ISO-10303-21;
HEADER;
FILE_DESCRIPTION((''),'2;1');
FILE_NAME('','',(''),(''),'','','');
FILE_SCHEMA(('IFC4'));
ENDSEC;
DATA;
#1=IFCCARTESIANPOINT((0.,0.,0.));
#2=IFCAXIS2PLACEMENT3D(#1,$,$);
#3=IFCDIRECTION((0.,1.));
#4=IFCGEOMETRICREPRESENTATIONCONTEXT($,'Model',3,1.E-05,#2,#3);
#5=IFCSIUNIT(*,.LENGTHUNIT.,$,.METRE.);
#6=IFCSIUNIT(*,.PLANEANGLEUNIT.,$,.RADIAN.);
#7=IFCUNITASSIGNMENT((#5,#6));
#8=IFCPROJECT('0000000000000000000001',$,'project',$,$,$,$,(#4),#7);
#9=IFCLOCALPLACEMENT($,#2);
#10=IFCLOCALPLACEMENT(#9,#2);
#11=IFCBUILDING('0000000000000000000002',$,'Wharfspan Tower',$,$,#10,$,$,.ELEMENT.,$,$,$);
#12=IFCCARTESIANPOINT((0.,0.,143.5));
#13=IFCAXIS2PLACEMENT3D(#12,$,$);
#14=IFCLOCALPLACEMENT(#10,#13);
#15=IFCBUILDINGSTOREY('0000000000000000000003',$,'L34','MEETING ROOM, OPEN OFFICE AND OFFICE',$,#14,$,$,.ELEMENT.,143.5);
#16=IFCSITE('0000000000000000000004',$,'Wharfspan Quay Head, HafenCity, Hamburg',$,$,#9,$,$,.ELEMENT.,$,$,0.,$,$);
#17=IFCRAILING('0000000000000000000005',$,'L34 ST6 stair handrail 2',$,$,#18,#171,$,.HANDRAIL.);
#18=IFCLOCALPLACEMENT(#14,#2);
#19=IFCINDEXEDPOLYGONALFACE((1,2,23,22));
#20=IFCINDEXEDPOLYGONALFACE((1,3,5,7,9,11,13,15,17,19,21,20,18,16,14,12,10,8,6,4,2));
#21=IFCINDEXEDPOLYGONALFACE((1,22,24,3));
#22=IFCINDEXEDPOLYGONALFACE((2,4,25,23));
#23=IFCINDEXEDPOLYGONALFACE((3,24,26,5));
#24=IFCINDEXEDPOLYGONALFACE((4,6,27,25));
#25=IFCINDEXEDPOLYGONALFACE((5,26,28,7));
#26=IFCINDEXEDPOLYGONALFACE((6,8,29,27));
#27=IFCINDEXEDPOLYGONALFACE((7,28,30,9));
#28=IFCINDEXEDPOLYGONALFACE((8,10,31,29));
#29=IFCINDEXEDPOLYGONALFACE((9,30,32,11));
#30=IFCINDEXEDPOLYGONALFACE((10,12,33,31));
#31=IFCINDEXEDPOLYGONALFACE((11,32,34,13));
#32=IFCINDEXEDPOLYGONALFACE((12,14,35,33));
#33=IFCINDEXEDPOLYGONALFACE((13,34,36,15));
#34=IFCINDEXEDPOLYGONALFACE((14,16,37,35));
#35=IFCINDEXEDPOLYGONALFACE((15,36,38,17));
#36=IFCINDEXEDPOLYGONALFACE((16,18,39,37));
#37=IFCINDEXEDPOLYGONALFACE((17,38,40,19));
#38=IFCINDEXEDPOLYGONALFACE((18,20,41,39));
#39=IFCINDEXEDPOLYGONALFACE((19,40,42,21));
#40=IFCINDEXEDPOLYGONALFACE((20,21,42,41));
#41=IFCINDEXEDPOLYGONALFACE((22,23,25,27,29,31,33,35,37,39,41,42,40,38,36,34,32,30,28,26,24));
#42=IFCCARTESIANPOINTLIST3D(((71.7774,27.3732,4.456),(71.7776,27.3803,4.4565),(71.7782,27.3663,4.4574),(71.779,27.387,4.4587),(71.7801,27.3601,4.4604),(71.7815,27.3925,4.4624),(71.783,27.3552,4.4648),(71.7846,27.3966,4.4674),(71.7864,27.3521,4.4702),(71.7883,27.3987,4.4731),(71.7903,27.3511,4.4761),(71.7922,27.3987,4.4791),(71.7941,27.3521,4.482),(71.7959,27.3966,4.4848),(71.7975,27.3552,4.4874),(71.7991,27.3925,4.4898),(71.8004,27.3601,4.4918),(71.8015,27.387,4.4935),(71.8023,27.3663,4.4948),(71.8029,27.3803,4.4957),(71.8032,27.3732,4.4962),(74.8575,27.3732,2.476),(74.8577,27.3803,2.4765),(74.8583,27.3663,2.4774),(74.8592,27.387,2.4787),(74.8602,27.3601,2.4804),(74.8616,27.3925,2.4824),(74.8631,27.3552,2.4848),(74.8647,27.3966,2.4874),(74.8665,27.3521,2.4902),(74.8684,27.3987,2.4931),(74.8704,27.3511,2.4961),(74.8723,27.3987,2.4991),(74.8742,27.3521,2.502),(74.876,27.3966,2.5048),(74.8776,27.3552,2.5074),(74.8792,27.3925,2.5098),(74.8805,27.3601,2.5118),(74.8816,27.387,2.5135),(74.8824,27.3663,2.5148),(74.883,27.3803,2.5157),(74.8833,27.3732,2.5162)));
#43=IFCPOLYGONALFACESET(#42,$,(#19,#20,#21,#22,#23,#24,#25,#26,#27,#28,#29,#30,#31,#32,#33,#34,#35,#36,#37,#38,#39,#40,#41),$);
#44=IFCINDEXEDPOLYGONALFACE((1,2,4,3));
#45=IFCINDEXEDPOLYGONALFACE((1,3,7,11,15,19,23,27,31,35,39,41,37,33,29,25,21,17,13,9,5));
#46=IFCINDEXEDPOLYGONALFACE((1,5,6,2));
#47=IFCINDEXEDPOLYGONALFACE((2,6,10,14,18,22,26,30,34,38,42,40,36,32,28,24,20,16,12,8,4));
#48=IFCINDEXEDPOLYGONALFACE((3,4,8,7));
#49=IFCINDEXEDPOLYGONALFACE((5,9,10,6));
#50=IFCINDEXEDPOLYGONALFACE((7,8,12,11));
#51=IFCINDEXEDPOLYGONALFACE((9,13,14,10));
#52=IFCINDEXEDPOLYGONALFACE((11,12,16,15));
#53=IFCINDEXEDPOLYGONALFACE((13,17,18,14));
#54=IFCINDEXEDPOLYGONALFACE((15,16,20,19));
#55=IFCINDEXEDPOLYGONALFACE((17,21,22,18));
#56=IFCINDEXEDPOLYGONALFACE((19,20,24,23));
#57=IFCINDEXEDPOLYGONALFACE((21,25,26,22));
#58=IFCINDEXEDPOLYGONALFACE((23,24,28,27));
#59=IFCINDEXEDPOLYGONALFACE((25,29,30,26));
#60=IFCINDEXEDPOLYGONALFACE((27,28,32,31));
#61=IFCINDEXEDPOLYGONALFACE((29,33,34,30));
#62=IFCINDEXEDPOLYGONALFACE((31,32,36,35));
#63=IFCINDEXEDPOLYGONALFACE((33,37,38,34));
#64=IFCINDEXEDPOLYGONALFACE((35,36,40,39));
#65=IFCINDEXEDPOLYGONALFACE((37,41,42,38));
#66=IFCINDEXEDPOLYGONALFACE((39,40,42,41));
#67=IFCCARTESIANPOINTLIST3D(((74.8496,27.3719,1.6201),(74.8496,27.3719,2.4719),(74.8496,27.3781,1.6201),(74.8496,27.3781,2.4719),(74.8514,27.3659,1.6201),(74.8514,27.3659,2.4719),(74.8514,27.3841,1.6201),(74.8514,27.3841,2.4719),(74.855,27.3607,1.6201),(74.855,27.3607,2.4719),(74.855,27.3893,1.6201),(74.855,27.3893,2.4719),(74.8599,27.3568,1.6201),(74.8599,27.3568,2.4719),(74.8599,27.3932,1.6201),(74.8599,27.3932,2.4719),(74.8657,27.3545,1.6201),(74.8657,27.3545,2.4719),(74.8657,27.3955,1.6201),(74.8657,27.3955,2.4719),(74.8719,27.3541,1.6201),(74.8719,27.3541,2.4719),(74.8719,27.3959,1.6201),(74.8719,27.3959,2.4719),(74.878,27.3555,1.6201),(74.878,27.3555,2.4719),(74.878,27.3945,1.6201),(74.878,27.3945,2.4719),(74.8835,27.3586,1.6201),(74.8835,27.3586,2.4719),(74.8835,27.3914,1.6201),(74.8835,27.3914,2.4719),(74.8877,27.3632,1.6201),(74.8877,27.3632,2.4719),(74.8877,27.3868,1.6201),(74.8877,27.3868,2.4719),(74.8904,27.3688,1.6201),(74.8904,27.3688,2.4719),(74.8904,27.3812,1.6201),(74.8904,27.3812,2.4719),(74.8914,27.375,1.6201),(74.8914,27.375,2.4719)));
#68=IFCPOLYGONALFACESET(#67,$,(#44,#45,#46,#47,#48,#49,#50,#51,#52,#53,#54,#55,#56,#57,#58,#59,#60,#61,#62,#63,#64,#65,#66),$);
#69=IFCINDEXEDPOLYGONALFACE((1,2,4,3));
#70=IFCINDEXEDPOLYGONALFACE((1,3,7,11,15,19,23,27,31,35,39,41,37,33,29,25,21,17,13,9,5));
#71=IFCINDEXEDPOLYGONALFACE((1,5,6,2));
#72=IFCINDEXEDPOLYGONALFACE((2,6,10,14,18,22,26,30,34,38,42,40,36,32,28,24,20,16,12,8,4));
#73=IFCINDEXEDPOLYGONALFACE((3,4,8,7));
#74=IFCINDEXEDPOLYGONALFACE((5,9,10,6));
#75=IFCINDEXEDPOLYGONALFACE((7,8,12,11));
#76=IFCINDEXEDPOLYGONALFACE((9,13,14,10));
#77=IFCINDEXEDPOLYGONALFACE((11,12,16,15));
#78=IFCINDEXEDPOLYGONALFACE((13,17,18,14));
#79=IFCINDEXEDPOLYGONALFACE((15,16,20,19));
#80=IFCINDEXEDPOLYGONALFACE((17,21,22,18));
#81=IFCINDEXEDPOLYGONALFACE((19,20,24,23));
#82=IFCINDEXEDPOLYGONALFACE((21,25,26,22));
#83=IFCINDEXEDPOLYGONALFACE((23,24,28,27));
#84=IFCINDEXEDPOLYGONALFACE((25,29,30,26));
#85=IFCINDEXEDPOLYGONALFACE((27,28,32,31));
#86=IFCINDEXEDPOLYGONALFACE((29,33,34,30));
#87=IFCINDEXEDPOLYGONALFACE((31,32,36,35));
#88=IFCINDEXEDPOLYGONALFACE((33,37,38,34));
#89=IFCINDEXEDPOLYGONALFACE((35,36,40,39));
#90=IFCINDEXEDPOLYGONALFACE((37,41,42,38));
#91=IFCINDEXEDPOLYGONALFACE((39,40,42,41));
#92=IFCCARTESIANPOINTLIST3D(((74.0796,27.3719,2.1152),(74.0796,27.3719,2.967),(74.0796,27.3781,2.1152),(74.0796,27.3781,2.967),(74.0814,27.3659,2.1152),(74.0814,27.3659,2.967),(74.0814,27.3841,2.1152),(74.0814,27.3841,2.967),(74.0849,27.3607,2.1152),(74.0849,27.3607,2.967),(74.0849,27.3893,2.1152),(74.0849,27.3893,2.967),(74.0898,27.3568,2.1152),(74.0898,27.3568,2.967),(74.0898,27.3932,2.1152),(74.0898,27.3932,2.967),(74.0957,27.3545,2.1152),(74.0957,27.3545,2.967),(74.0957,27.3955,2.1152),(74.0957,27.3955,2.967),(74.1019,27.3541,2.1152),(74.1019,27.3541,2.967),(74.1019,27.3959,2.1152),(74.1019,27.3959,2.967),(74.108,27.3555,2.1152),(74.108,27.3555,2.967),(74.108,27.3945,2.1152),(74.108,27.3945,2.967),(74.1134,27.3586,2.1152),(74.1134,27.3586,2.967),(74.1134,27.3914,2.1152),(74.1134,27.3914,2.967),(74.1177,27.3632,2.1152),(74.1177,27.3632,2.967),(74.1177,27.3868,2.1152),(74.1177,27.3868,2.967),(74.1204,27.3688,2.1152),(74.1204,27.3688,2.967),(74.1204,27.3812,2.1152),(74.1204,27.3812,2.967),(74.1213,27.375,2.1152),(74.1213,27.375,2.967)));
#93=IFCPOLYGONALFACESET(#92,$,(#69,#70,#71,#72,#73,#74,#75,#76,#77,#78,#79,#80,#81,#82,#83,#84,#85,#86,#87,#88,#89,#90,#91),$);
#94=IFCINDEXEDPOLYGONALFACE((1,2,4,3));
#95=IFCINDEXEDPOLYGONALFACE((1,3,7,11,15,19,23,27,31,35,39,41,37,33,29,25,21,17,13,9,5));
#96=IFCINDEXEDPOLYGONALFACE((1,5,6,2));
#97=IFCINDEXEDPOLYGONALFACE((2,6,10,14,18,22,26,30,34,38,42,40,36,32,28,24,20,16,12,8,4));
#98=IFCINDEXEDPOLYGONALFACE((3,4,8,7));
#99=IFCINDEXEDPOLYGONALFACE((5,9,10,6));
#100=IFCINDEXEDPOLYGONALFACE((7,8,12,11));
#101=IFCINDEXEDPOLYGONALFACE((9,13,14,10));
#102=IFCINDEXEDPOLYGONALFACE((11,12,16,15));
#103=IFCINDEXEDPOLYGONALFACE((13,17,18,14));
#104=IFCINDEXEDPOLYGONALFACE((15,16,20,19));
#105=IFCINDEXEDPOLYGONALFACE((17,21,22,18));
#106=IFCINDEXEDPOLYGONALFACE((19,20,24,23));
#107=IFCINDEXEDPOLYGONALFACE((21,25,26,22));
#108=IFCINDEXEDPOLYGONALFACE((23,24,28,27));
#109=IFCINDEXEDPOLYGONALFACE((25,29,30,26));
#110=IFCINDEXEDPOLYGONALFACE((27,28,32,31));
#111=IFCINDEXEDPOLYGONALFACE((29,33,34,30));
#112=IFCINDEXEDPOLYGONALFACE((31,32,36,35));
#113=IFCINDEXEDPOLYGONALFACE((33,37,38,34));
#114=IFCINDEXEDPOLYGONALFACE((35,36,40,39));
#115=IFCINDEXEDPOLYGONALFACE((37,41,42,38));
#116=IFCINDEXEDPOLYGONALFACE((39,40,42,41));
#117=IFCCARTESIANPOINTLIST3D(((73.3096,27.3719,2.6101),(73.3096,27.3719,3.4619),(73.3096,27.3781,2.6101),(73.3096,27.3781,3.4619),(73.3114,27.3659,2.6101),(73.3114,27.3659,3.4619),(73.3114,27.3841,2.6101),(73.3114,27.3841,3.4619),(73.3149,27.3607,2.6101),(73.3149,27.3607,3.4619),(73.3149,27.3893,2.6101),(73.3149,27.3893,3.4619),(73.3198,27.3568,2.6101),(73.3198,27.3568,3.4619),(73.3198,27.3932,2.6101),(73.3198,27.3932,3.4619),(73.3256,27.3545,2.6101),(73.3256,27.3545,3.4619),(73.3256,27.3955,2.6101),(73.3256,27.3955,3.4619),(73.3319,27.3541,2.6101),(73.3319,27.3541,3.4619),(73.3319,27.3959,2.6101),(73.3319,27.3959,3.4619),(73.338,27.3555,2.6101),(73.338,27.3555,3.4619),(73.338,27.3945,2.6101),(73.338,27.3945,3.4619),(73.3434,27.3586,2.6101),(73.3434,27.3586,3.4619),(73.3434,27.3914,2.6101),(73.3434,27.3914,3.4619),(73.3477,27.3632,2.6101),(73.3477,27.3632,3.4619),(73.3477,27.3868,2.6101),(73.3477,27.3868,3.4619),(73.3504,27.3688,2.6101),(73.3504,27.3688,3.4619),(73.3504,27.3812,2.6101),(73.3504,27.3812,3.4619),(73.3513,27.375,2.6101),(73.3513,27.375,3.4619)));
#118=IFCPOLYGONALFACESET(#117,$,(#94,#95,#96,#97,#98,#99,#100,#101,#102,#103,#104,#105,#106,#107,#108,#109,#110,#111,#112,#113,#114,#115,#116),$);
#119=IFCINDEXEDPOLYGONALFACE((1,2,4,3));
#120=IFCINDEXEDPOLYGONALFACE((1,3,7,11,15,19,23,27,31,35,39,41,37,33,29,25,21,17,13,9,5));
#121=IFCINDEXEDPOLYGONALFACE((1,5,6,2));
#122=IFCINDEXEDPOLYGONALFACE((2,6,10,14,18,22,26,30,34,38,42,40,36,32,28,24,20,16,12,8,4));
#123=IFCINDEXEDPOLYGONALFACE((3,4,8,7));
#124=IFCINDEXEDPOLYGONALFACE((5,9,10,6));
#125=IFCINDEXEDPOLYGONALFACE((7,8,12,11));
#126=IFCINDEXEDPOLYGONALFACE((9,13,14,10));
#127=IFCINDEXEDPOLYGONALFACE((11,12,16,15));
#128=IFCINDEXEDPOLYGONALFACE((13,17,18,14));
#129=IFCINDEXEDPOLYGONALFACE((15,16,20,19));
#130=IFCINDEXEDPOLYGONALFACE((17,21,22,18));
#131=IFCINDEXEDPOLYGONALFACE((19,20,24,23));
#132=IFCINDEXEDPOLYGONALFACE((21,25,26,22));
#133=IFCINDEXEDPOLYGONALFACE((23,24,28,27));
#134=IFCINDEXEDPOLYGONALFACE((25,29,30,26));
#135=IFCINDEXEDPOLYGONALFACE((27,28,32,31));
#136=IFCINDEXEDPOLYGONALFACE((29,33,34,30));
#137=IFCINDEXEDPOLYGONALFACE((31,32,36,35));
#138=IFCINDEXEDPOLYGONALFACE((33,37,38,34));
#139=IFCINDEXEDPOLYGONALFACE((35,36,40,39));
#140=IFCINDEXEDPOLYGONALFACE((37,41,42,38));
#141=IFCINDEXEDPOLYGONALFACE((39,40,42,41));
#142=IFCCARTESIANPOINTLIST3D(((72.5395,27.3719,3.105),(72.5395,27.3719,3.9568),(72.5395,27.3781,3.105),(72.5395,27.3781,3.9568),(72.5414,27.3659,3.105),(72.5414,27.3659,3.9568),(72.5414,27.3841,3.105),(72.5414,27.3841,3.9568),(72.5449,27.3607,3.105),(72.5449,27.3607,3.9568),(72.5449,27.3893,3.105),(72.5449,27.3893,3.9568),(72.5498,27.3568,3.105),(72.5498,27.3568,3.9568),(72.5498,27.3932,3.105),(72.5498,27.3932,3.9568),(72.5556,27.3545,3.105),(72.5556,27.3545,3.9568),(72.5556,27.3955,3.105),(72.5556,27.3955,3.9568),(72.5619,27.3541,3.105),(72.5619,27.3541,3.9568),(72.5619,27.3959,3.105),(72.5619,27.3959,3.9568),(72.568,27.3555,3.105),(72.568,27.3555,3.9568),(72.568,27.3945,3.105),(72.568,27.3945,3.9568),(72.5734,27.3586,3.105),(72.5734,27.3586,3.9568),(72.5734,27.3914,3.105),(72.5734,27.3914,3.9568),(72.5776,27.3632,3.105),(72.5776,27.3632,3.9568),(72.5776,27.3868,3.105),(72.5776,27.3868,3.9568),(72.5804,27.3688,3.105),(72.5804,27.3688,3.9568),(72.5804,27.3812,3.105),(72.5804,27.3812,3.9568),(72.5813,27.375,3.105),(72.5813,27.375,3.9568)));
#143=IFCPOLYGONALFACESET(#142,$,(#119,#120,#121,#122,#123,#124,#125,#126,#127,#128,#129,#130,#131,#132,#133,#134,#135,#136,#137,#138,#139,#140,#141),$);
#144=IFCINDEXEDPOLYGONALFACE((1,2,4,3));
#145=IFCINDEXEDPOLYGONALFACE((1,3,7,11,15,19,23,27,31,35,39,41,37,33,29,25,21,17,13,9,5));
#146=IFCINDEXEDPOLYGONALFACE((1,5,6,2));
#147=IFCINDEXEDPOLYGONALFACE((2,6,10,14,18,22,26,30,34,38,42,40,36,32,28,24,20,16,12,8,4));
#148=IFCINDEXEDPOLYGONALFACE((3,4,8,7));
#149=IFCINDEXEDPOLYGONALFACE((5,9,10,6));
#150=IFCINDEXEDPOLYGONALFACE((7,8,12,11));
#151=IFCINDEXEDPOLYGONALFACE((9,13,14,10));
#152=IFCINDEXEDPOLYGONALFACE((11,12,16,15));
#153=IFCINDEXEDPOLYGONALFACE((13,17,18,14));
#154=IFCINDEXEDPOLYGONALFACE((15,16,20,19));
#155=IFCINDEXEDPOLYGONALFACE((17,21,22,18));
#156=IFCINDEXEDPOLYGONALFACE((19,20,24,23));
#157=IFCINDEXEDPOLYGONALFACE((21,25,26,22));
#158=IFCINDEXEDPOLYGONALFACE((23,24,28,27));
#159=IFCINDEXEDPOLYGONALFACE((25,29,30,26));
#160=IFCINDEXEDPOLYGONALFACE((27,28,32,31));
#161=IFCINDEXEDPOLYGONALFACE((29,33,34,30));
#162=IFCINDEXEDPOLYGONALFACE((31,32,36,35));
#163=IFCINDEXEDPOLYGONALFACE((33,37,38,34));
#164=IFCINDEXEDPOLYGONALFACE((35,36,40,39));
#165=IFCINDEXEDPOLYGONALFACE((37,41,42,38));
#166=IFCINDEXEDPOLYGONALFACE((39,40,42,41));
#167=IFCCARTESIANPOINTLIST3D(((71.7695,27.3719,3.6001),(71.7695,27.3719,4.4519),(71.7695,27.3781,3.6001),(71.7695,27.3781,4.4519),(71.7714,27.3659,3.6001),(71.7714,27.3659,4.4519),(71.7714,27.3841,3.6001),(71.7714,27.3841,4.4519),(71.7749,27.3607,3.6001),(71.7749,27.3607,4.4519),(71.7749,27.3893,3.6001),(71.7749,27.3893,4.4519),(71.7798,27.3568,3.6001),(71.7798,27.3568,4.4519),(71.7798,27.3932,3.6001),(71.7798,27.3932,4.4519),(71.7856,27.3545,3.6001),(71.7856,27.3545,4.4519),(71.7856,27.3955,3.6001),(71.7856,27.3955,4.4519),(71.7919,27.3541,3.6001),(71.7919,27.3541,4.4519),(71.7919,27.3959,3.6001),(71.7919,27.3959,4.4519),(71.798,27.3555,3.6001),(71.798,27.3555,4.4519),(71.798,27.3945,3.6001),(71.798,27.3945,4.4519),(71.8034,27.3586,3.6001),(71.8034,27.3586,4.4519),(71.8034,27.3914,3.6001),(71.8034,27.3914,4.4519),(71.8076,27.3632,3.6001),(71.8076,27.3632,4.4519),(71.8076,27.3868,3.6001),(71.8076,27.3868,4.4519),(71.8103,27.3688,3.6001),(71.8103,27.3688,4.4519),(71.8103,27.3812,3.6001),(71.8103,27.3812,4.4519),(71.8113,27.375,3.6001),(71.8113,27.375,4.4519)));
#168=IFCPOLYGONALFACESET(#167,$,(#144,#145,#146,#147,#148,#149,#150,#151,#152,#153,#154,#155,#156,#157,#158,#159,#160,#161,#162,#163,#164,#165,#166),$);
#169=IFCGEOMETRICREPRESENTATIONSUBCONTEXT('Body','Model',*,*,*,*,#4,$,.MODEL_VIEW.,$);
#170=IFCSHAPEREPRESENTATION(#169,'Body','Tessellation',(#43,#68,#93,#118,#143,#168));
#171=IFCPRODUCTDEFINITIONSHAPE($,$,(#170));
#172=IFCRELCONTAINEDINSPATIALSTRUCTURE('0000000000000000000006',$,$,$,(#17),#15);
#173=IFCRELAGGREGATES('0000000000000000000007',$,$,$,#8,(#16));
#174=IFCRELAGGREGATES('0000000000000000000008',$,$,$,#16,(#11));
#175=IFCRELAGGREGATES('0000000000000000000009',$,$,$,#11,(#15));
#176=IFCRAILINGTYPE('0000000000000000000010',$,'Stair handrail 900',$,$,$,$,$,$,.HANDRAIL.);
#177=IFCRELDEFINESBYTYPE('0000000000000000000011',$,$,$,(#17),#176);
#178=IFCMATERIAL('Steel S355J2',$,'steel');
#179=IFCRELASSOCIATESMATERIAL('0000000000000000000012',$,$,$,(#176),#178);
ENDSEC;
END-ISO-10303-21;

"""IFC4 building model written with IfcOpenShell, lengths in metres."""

from ifc_helpers import new_model, si_unit, direction, frame, origin, origin_2d, place, context, subcontext, project, spatial, circle, extrude, material, type_object, element, save


model = new_model("IFC4")

# Units and contexts
model_context = context("Model", 3, precision=1e-05, world=origin(), true_north=direction((0.0, 1.0)))
body_context = subcontext(model_context, "Body", "Model", "MODEL_VIEW")
ifc_project = project(units=[si_unit("LENGTHUNIT", "METRE"), si_unit("PLANEANGLEUNIT", "RADIAN")], contexts=[model_context])

# Site, building, storey
site_placement = place(None, origin())
site = spatial("IfcSite", under=ifc_project, at=site_placement, Name="Wharfspan Quay Head, HafenCity, Hamburg", CompositionType="ELEMENT", RefElevation=0.0)
building_placement = place(site_placement, origin())
building = spatial("IfcBuilding", under=site, at=building_placement, Name="Wharfspan Tower", CompositionType="ELEMENT")
storey_placement = place(building_placement, frame((0.0, 0.0, 143.5)))
storey = spatial("IfcBuildingStorey", under=building, at=storey_placement, Name="L34", Description="MEETING ROOM, OPEN OFFICE AND OFFICE", CompositionType="ELEMENT", Elevation=143.5)

# Shared definitions
ifc_material_1 = material(Name="Steel S355J2", Category="steel")

# Railing
railing_type_1 = type_object("IfcRailingType", Name="Stair handrail 900", PredefinedType="HANDRAIL", material=ifc_material_1)
railing_1_placement = place(storey_placement, frame((74.8704, 27.375, 1.6201)))
element("IfcRailing", 1, at=railing_1_placement, inside=storey, type_object=railing_type_1, Name="L34 ST6 stair handrail 2", PredefinedType="HANDRAIL", context=body_context, shape_type="SweptSolid", body=[
    extrude(circle(Radius=0.0239, at=origin_2d()), frame((0.0, 0.0, 0.876), z_axis=(-0.841187, 0.0, 0.540744), x_axis=(0.0, -1.0, 0.0)), (0.0, 0.0, 1.0), 3.6616),
    extrude(circle(Radius=0.021, at=origin_2d()), origin(), (0.0, 0.0, 1.0), 0.8518),
    extrude(circle(Radius=0.021, at=origin_2d()), frame((-0.77, 0.0, 0.4951)), (0.0, 0.0, 1.0), 0.8518),
    extrude(circle(Radius=0.021, at=origin_2d()), frame((-1.54, 0.0, 0.99)), (0.0, 0.0, 1.0), 0.8518),
    extrude(circle(Radius=0.021, at=origin_2d()), frame((-2.3101, 0.0, 1.4849)), (0.0, 0.0, 1.0), 0.8518),
    extrude(circle(Radius=0.021, at=origin_2d()), frame((-3.0801, 0.0, 1.98)), (0.0, 0.0, 1.0), 0.8518),
])

save(model, "model.ifc")
